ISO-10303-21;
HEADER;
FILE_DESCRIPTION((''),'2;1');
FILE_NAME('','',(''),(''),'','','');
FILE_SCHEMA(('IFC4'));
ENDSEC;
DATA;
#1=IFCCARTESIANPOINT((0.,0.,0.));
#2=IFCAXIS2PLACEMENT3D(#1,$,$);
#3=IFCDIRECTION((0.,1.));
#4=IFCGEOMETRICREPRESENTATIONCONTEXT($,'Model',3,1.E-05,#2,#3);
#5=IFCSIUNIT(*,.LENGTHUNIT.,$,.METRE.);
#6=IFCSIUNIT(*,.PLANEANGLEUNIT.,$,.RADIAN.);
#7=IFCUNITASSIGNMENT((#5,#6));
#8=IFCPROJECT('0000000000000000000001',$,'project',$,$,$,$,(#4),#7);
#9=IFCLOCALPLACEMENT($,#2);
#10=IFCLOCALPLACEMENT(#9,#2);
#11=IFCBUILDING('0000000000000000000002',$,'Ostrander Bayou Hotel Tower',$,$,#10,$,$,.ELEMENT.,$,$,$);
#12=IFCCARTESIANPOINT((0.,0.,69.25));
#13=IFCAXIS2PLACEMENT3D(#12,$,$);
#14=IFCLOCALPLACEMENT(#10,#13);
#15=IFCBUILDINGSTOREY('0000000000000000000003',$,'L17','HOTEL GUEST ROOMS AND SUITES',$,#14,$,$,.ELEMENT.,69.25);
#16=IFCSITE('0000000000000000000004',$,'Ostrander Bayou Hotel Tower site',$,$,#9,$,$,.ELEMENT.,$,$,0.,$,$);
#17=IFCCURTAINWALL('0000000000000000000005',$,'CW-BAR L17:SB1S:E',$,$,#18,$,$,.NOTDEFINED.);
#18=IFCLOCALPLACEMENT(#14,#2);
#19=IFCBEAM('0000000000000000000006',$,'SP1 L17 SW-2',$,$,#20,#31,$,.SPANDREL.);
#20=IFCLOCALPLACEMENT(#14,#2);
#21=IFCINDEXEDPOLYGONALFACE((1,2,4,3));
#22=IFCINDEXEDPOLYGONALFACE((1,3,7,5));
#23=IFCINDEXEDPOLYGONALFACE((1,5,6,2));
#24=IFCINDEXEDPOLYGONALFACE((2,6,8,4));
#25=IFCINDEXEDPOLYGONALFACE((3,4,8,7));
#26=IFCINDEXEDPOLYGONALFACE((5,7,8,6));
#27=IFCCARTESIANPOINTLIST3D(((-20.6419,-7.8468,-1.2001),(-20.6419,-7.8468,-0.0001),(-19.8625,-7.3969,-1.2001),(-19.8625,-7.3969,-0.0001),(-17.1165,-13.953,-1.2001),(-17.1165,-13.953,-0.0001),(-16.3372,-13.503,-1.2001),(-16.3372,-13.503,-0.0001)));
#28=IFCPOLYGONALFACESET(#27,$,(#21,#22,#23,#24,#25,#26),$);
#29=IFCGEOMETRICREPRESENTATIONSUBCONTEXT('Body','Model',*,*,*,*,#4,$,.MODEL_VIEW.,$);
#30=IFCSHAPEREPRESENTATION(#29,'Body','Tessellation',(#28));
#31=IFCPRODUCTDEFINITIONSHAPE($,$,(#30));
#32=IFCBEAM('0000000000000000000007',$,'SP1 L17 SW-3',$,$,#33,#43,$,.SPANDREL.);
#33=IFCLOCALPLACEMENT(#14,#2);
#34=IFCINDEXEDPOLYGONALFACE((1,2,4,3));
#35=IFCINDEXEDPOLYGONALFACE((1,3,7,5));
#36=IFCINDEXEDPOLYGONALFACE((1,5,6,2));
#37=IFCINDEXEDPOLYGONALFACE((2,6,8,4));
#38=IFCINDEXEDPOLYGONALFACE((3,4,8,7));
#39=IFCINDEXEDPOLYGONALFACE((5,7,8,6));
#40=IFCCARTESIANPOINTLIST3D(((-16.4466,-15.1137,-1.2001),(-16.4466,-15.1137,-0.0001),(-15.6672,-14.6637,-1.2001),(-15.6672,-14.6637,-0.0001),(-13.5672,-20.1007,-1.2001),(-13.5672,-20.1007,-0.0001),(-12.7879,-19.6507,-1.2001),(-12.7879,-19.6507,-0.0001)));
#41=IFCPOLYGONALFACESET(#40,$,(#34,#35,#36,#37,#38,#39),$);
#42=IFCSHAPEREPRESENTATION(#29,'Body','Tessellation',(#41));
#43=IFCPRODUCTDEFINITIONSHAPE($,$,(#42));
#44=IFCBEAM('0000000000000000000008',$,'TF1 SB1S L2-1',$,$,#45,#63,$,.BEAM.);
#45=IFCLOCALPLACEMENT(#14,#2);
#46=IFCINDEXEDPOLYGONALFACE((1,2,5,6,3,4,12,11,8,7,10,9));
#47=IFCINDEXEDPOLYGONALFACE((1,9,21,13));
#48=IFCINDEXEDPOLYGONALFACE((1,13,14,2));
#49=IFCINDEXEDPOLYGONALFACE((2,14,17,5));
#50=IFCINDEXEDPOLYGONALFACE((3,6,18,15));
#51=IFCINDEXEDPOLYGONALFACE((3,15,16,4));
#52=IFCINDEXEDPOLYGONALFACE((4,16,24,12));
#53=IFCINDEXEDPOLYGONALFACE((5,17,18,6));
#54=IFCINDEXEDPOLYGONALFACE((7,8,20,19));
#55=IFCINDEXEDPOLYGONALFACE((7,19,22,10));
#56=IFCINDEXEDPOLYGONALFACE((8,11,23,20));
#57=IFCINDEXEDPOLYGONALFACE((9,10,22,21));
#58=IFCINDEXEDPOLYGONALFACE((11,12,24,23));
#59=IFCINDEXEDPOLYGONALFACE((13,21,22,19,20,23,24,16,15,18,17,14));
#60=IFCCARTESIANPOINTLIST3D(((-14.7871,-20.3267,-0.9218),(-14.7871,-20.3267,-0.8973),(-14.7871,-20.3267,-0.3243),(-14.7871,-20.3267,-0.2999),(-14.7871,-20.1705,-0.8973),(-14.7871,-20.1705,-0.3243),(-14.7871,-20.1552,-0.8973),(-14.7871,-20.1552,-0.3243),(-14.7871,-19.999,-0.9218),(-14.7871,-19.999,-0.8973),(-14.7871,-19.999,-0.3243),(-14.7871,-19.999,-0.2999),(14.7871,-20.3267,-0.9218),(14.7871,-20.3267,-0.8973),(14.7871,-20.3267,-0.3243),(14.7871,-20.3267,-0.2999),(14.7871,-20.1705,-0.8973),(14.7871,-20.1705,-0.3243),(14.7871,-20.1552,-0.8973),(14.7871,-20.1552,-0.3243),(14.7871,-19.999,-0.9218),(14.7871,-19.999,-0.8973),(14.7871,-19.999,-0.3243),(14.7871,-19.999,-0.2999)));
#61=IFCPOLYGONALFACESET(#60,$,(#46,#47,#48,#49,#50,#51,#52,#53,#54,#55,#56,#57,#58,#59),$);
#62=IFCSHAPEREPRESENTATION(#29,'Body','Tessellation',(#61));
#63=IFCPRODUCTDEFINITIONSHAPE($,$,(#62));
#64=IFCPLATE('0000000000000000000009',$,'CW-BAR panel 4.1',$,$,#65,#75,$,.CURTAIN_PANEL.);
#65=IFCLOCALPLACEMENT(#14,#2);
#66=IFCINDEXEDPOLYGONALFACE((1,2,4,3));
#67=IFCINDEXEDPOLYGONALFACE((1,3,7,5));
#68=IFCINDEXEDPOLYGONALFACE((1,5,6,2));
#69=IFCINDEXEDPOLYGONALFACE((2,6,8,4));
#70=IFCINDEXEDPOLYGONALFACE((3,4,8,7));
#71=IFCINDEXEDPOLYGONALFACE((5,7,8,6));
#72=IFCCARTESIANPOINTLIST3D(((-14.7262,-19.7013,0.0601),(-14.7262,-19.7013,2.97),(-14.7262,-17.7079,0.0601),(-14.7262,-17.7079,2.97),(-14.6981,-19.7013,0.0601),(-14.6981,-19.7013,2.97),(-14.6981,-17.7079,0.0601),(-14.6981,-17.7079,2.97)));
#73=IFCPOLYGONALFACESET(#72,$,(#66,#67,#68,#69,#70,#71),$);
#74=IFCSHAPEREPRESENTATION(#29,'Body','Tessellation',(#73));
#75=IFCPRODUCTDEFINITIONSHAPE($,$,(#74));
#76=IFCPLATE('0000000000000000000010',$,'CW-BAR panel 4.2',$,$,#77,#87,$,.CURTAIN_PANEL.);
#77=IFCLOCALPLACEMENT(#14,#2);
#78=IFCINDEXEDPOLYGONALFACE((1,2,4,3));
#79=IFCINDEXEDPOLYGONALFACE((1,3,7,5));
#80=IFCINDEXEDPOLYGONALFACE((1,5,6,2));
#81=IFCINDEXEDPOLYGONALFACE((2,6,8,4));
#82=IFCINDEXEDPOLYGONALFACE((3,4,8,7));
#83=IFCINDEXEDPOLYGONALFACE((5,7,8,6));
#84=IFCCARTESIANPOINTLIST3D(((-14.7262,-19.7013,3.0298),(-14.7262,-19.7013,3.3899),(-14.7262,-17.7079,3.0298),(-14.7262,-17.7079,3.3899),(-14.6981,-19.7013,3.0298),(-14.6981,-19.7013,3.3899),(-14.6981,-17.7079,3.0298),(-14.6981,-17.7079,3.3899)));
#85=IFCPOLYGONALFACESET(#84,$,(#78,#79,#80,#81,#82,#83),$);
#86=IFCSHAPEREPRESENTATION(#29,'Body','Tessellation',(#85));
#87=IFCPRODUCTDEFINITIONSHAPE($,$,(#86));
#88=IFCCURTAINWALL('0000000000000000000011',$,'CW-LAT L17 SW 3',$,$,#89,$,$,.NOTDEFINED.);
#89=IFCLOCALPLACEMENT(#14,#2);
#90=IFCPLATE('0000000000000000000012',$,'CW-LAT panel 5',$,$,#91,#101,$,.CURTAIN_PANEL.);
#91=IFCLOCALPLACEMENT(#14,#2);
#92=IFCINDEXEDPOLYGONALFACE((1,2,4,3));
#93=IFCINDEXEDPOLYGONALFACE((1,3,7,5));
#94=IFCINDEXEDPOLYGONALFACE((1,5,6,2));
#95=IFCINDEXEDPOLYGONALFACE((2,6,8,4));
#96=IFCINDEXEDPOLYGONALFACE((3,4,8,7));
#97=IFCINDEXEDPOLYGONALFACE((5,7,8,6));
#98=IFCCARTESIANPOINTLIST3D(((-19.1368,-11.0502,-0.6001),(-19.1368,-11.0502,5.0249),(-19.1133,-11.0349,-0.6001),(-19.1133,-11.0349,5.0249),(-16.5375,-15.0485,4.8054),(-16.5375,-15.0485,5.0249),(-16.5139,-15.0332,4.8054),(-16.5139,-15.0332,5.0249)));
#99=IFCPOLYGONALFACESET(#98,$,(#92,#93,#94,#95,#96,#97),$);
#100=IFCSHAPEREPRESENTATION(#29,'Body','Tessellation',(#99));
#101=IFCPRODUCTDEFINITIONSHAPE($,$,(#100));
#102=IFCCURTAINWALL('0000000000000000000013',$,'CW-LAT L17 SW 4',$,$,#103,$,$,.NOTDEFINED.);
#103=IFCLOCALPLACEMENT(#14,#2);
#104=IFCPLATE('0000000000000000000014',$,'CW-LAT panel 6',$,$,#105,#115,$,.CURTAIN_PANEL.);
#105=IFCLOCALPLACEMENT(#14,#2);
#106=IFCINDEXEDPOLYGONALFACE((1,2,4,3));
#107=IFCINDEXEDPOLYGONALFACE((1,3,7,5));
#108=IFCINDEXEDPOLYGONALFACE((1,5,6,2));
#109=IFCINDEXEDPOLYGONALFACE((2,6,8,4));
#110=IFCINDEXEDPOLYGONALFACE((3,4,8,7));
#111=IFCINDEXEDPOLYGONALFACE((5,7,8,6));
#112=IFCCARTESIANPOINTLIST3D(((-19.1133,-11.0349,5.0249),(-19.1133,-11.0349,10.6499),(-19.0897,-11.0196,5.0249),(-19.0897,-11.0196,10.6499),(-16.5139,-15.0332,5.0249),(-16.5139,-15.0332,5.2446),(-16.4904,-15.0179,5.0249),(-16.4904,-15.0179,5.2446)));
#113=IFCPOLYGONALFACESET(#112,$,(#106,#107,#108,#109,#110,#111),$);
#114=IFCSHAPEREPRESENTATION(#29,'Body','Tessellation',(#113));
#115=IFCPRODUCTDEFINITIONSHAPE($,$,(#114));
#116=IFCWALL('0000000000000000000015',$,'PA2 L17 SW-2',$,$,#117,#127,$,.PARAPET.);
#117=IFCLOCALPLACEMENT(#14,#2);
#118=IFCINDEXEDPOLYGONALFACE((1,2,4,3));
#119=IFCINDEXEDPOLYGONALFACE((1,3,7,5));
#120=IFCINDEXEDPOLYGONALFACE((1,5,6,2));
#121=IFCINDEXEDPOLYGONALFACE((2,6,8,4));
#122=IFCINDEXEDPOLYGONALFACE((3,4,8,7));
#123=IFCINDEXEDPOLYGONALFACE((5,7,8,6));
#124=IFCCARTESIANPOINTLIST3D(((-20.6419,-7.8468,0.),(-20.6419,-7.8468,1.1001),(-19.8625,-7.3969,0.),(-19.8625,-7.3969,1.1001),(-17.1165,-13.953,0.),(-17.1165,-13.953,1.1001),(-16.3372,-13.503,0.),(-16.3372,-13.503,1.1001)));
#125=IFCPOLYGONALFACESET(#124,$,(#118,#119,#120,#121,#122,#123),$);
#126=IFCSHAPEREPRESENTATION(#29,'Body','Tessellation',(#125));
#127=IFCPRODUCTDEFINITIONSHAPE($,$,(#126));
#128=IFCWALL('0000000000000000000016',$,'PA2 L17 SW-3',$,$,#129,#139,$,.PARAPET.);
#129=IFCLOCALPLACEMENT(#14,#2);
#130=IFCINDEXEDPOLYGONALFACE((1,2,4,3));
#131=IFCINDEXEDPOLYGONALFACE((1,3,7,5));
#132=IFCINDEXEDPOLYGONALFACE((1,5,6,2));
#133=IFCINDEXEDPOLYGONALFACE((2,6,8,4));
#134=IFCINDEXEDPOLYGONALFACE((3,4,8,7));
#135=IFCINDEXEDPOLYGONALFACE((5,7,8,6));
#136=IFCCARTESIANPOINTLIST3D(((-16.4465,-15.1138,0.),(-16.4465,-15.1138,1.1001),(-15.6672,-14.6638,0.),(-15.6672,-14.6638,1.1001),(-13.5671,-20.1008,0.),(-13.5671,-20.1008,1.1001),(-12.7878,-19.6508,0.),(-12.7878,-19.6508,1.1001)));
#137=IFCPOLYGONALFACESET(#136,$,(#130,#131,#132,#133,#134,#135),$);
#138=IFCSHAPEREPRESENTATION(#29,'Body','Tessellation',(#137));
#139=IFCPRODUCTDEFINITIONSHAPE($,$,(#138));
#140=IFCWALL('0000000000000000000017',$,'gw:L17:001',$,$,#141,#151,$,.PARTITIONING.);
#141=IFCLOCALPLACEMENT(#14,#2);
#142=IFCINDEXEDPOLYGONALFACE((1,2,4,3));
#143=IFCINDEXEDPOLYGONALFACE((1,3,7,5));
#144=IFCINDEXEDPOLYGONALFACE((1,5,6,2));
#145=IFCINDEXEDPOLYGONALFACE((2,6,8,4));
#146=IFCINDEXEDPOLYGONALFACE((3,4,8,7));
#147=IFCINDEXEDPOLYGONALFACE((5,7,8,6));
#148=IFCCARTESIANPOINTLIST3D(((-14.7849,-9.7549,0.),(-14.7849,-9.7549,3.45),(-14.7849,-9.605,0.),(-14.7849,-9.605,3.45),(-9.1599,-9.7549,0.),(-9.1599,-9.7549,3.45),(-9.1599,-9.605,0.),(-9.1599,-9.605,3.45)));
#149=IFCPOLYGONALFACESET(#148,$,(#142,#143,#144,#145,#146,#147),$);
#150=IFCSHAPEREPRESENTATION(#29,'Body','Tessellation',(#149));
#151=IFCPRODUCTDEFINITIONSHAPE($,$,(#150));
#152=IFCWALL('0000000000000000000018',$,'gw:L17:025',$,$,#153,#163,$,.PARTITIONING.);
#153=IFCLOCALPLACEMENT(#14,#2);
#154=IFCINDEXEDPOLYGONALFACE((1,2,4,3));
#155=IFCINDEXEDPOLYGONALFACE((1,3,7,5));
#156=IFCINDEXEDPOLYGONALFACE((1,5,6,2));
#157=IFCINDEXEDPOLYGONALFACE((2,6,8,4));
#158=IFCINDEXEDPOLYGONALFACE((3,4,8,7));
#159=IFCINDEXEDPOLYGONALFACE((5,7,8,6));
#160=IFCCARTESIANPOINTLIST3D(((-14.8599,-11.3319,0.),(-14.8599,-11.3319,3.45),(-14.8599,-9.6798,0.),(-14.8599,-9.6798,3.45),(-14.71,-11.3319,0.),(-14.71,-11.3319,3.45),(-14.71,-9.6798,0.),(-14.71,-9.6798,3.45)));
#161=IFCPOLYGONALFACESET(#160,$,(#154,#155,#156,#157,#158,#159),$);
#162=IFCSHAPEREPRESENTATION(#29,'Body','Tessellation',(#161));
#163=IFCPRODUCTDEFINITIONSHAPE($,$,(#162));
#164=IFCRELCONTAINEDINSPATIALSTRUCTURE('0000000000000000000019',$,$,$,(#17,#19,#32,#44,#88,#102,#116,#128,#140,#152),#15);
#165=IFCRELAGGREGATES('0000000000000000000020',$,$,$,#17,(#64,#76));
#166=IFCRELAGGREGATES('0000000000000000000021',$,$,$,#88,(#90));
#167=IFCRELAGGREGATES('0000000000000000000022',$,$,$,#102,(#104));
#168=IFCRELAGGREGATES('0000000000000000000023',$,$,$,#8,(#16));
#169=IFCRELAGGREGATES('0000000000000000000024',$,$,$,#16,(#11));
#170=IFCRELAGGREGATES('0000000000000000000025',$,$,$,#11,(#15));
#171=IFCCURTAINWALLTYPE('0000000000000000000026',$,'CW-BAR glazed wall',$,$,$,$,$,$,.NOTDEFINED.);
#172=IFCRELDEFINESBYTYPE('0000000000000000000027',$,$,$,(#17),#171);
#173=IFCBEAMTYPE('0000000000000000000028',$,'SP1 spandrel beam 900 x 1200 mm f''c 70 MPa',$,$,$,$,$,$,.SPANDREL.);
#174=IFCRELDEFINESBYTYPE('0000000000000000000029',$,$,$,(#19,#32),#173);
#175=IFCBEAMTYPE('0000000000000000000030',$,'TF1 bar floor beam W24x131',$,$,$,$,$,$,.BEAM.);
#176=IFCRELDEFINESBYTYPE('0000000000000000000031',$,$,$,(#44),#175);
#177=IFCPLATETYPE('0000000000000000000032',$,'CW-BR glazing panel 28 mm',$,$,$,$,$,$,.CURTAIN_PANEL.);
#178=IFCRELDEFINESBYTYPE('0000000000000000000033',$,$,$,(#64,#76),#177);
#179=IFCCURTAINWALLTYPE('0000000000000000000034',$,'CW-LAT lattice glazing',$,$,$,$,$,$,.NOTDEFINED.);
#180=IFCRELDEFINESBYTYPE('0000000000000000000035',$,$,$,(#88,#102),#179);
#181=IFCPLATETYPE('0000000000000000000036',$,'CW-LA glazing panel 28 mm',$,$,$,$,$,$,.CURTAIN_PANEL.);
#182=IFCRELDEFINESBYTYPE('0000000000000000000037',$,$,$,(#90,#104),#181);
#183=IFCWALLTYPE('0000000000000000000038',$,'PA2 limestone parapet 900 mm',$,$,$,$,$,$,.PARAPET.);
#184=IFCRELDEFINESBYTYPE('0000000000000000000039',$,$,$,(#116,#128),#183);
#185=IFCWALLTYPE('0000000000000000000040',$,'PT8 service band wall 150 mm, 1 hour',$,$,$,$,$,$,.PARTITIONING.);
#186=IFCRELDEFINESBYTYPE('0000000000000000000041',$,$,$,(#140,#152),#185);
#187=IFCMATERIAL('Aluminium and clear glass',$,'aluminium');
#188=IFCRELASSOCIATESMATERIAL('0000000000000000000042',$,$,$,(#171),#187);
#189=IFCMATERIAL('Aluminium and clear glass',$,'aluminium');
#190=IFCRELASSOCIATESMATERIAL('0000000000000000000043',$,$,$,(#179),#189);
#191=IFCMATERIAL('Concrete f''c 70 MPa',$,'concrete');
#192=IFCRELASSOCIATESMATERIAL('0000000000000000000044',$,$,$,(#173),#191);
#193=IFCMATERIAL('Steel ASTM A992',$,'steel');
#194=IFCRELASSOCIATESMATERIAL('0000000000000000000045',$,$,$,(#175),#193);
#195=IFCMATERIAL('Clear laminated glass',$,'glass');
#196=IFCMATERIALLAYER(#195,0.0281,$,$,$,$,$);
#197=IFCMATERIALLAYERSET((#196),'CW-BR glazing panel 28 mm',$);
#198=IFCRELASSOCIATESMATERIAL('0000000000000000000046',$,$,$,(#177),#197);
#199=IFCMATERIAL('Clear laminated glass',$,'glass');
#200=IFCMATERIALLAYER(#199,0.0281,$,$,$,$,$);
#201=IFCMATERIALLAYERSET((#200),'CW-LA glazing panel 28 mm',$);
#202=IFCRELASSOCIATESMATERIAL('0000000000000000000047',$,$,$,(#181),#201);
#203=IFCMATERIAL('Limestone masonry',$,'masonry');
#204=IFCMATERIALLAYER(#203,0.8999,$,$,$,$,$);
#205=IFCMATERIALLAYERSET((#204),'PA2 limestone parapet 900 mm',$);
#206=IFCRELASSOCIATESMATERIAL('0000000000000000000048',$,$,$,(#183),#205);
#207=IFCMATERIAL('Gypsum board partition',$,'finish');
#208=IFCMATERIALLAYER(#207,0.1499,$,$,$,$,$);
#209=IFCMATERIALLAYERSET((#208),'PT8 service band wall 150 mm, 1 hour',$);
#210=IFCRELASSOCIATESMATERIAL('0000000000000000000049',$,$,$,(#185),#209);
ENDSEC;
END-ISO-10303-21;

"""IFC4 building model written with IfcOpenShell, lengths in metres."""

from ifc_helpers import new_model, si_unit, direction, frame, frame_2d, origin, origin_2d, place, context, subcontext, project, spatial, polyline, rectangle, i_section, outline, extrude, material, layer, layer_set, material_profile, profile_set, type_object, element, aggregate, save


model = new_model("IFC4")

# Units and contexts
model_context = context("Model", 3, precision=1e-05, world=origin(), true_north=direction((0.0, 1.0)))
body_context = subcontext(model_context, "Body", "Model", "MODEL_VIEW")
ifc_project = project(units=[si_unit("LENGTHUNIT", "METRE"), si_unit("PLANEANGLEUNIT", "RADIAN")], contexts=[model_context])

# Site, building, storey
site_placement = place(None, origin())
site = spatial("IfcSite", under=ifc_project, at=site_placement, Name="Ostrander Bayou Hotel Tower site", CompositionType="ELEMENT", RefElevation=0.0)
building_placement = place(site_placement, origin())
building = spatial("IfcBuilding", under=site, at=building_placement, Name="Ostrander Bayou Hotel Tower", CompositionType="ELEMENT")
storey_placement = place(building_placement, frame((0.0, 0.0, 69.25)))
storey = spatial("IfcBuildingStorey", under=building, at=storey_placement, Name="L17", Description="HOTEL GUEST ROOMS AND SUITES", CompositionType="ELEMENT", Elevation=69.25)

# Curtain wall
ifc_material_1 = material(Name="Aluminium and clear glass", Category="aluminium")
curtain_wall_type_1 = type_object("IfcCurtainWallType", Name="CW-BAR glazed wall", PredefinedType="NOTDEFINED", material=ifc_material_1)
curtain_wall_1_placement = place(storey_placement, origin())
curtain_wall_1 = element("IfcCurtainWall", 1, at=curtain_wall_1_placement, inside=storey, type_object=curtain_wall_type_1, Name="CW-BAR L17:SB1S:E", PredefinedType="NOTDEFINED")
ifc_material_2 = material(Name="Aluminium and clear glass", Category="aluminium")
curtain_wall_type_2 = type_object("IfcCurtainWallType", Name="CW-LAT lattice glazing", PredefinedType="NOTDEFINED", material=ifc_material_2)

# Beams
ifc_material_3 = material(Name="Concrete f'c 70 MPa", Category="concrete")
ifc_material_profile_1 = material_profile(ifc_material_3, rectangle(XDim=0.8999, YDim=1.2, at=origin_2d()))
ifc_profile_set_1 = profile_set([ifc_material_profile_1], Name="Concrete f'c 70 MPa")
beam_type_1 = type_object("IfcBeamType", Name="SP1 spandrel beam 900 x 1200 mm f'c 70 MPa", PredefinedType="SPANDREL", material=ifc_profile_set_1)
beam_1_placement = place(storey_placement, frame((-20.2522, -7.6218, -0.6001), z_axis=(0.499997, -0.866027, 0.0), x_axis=(0.866027, 0.499997, 0.0)))
element("IfcBeam", 2, at=beam_1_placement, inside=storey, type_object=beam_type_1, Name="SP1 L17 SW-2", PredefinedType="SPANDREL", context=body_context, shape_type="SweptSolid", body=[
    extrude(rectangle(XDim=0.8999, YDim=1.2, at=origin_2d()), origin(), (0.0, 0.0, 1.0), 7.0508),
])
beam_2_placement = place(storey_placement, frame((-16.0569, -14.8887, -0.6001), z_axis=(0.500015, -0.866017, 0.0), x_axis=(0.866017, 0.500015, 0.0)))
element("IfcBeam", 3, at=beam_2_placement, inside=storey, type_object=beam_type_1, Name="SP1 L17 SW-3", PredefinedType="SPANDREL", context=body_context, shape_type="SweptSolid", body=[
    extrude(rectangle(XDim=0.8999, YDim=1.2, at=origin_2d()), origin(), (0.0, 0.0, 1.0), 5.7585),
])
ifc_material_4 = material(Name="Steel ASTM A992", Category="steel")
ifc_material_profile_2 = material_profile(ifc_material_4, i_section(OverallWidth=0.3276, OverallDepth=0.6218, WebThickness=0.0154, FlangeThickness=0.0244, at=origin_2d()))
ifc_profile_set_2 = profile_set([ifc_material_profile_2], Name="Steel ASTM A992")
beam_type_2 = type_object("IfcBeamType", Name="TF1 bar floor beam W24x131", PredefinedType="BEAM", material=ifc_profile_set_2)
beam_3_placement = place(storey_placement, frame((-14.7871, -20.1628, -0.6108), z_axis=(1.0, 0.0, 0.0), x_axis=(0.0, 1.0, 0.0)))
element("IfcBeam", 4, at=beam_3_placement, inside=storey, type_object=beam_type_2, Name="TF1 SB1S L2-1", PredefinedType="BEAM", context=body_context, shape_type="SweptSolid", body=[
    extrude(i_section(OverallWidth=0.3276, OverallDepth=0.6218, WebThickness=0.0154, FlangeThickness=0.0244, at=origin_2d()), origin(), (0.0, 0.0, 1.0), 29.5742),
])

# Plates
ifc_material_5 = material(Name="Clear laminated glass", Category="glass")
ifc_layer_1 = layer(ifc_material_5, 0.0281)
ifc_layer_set_1 = layer_set([ifc_layer_1], Name="CW-BR glazing panel 28 mm")
plate_type_1 = type_object("IfcPlateType", Name="CW-BR glazing panel 28 mm", PredefinedType="CURTAIN_PANEL", material=ifc_layer_set_1)
plate_1_placement = place(storey_placement, frame((-14.7122, -18.7046, 0.0601), z_axis=(0.0, 0.0, 1.0), x_axis=(0.0, -1.0, 0.0)))
plate_1 = element("IfcPlate", 5, at=plate_1_placement, type_object=plate_type_1, Name="CW-BAR panel 4.1", PredefinedType="CURTAIN_PANEL", context=body_context, shape_type="SweptSolid", body=[
    extrude(rectangle(XDim=1.9934, YDim=0.0281, at=origin_2d()), origin(), (0.0, 0.0, 1.0), 2.9099),
])
plate_2_placement = place(storey_placement, frame((-14.7122, -18.7046, 3.0298), z_axis=(0.0, 0.0, 1.0), x_axis=(0.0, -1.0, 0.0)))
plate_2 = element("IfcPlate", 6, at=plate_2_placement, type_object=plate_type_1, Name="CW-BAR panel 4.2", PredefinedType="CURTAIN_PANEL", context=body_context, shape_type="SweptSolid", body=[
    extrude(rectangle(XDim=1.9934, YDim=0.0281, at=origin_2d()), origin(), (0.0, 0.0, 1.0), 0.3601),
])
aggregate(curtain_wall_1, [plate_1, plate_2])

# Curtain walls, plates
curtain_wall_2_placement = place(storey_placement, origin())
curtain_wall_2 = element("IfcCurtainWall", 7, at=curtain_wall_2_placement, inside=storey, type_object=curtain_wall_type_2, Name="CW-LAT L17 SW 3", PredefinedType="NOTDEFINED")
ifc_material_6 = material(Name="Clear laminated glass", Category="glass")
ifc_layer_2 = layer(ifc_material_6, 0.0281)
ifc_layer_set_2 = layer_set([ifc_layer_2], Name="CW-LA glazing panel 28 mm")
plate_type_2 = type_object("IfcPlateType", Name="CW-LA glazing panel 28 mm", PredefinedType="CURTAIN_PANEL", material=ifc_layer_set_2)
plate_3_placement = place(storey_placement, frame((-16.5139, -15.0332, 4.8054), z_axis=(0.838398, 0.545059, 0.0), x_axis=(-0.360597, 0.554662, -0.74988)))
plate_3 = element("IfcPlate", 8, at=plate_3_placement, type_object=plate_type_2, Name="CW-LAT panel 5", PredefinedType="CURTAIN_PANEL", context=body_context, shape_type="SweptSolid", body=[
    extrude(outline(polyline([(0.0, 0.0), (7.2085, 0.0), (2.9904, 3.7214), (-0.1646, 0.1452), (0.0, 0.0)])), origin(), (0.0, 0.0, -1.0), 0.0281),
])
aggregate(curtain_wall_2, [plate_3])
curtain_wall_3_placement = place(storey_placement, origin())
curtain_wall_3 = element("IfcCurtainWall", 9, at=curtain_wall_3_placement, inside=storey, type_object=curtain_wall_type_2, Name="CW-LAT L17 SW 4", PredefinedType="NOTDEFINED")
plate_4_placement = place(storey_placement, frame((-16.5139, -15.0332, 5.2446), z_axis=(-0.838398, -0.545059, 0.0), x_axis=(-0.360606, 0.554677, 0.749865)))
plate_4 = element("IfcPlate", 10, at=plate_4_placement, type_object=plate_type_2, Name="CW-LAT panel 6", PredefinedType="CURTAIN_PANEL", context=body_context, shape_type="SweptSolid", body=[
    extrude(outline(polyline([(0.0, 0.0), (7.2083, 0.0), (2.9903, 3.7214), (-0.1648, 0.1454), (0.0, 0.0)])), origin(), (0.0, 0.0, -1.0), 0.0281),
])
aggregate(curtain_wall_3, [plate_4])

# Walls
ifc_material_7 = material(Name="Limestone masonry", Category="masonry")
ifc_layer_3 = layer(ifc_material_7, 0.8999)
ifc_layer_set_3 = layer_set([ifc_layer_3], Name="PA2 limestone parapet 900 mm")
wall_type_1 = type_object("IfcWallType", Name="PA2 limestone parapet 900 mm", PredefinedType="PARAPET", material=ifc_layer_set_3)
wall_1_placement = place(storey_placement, frame((-20.2522, -7.6218, 0.0), z_axis=(0.0, 0.0, 1.0), x_axis=(0.499997, -0.866027, 0.0)))
element("IfcWall", 11, at=wall_1_placement, inside=storey, type_object=wall_type_1, Name="PA2 L17 SW-2", PredefinedType="PARAPET", context=body_context, shape_type="SweptSolid", body=[
    extrude(rectangle(XDim=7.0508, YDim=0.8999, at=frame_2d((3.5254, 0.0))), origin(), (0.0, 0.0, 1.0), 1.1001),
])
wall_2_placement = place(storey_placement, frame((-16.0569, -14.8887, 0.0), z_axis=(0.0, 0.0, 1.0), x_axis=(0.500015, -0.866017, 0.0)))
element("IfcWall", 12, at=wall_2_placement, inside=storey, type_object=wall_type_1, Name="PA2 L17 SW-3", PredefinedType="PARAPET", context=body_context, shape_type="SweptSolid", body=[
    extrude(rectangle(XDim=5.7585, YDim=0.8999, at=frame_2d((2.8794, 0.0))), origin(), (0.0, 0.0, 1.0), 1.1001),
])
ifc_material_8 = material(Name="Gypsum board partition", Category="finish")
ifc_layer_4 = layer(ifc_material_8, 0.1499)
ifc_layer_set_4 = layer_set([ifc_layer_4], Name="PT8 service band wall 150 mm, 1 hour")
wall_type_2 = type_object("IfcWallType", Name="PT8 service band wall 150 mm, 1 hour", PredefinedType="PARTITIONING", material=ifc_layer_set_4)
wall_3_placement = place(storey_placement, frame((-14.7849, -9.6799, 0.0), z_axis=(0.0, 0.0, 1.0), x_axis=(1.0, 0.0, 0.0)))
element("IfcWall", 13, at=wall_3_placement, inside=storey, type_object=wall_type_2, Name="gw:L17:001", PredefinedType="PARTITIONING", context=body_context, shape_type="SweptSolid", body=[
    extrude(rectangle(XDim=5.625, YDim=0.1499, at=frame_2d((2.8125, 0.0))), origin(), (0.0, 0.0, 1.0), 3.45),
])
wall_4_placement = place(storey_placement, frame((-14.7849, -11.332, 0.0), z_axis=(0.0, 0.0, 1.0), x_axis=(0.0, 1.0, 0.0)))
element("IfcWall", 14, at=wall_4_placement, inside=storey, type_object=wall_type_2, Name="gw:L17:025", PredefinedType="PARTITIONING", context=body_context, shape_type="SweptSolid", body=[
    extrude(rectangle(XDim=1.6521, YDim=0.1499, at=frame_2d((0.8262, 0.0))), origin(), (0.0, 0.0, 1.0), 3.45),
])

save(model, "model.ifc")
